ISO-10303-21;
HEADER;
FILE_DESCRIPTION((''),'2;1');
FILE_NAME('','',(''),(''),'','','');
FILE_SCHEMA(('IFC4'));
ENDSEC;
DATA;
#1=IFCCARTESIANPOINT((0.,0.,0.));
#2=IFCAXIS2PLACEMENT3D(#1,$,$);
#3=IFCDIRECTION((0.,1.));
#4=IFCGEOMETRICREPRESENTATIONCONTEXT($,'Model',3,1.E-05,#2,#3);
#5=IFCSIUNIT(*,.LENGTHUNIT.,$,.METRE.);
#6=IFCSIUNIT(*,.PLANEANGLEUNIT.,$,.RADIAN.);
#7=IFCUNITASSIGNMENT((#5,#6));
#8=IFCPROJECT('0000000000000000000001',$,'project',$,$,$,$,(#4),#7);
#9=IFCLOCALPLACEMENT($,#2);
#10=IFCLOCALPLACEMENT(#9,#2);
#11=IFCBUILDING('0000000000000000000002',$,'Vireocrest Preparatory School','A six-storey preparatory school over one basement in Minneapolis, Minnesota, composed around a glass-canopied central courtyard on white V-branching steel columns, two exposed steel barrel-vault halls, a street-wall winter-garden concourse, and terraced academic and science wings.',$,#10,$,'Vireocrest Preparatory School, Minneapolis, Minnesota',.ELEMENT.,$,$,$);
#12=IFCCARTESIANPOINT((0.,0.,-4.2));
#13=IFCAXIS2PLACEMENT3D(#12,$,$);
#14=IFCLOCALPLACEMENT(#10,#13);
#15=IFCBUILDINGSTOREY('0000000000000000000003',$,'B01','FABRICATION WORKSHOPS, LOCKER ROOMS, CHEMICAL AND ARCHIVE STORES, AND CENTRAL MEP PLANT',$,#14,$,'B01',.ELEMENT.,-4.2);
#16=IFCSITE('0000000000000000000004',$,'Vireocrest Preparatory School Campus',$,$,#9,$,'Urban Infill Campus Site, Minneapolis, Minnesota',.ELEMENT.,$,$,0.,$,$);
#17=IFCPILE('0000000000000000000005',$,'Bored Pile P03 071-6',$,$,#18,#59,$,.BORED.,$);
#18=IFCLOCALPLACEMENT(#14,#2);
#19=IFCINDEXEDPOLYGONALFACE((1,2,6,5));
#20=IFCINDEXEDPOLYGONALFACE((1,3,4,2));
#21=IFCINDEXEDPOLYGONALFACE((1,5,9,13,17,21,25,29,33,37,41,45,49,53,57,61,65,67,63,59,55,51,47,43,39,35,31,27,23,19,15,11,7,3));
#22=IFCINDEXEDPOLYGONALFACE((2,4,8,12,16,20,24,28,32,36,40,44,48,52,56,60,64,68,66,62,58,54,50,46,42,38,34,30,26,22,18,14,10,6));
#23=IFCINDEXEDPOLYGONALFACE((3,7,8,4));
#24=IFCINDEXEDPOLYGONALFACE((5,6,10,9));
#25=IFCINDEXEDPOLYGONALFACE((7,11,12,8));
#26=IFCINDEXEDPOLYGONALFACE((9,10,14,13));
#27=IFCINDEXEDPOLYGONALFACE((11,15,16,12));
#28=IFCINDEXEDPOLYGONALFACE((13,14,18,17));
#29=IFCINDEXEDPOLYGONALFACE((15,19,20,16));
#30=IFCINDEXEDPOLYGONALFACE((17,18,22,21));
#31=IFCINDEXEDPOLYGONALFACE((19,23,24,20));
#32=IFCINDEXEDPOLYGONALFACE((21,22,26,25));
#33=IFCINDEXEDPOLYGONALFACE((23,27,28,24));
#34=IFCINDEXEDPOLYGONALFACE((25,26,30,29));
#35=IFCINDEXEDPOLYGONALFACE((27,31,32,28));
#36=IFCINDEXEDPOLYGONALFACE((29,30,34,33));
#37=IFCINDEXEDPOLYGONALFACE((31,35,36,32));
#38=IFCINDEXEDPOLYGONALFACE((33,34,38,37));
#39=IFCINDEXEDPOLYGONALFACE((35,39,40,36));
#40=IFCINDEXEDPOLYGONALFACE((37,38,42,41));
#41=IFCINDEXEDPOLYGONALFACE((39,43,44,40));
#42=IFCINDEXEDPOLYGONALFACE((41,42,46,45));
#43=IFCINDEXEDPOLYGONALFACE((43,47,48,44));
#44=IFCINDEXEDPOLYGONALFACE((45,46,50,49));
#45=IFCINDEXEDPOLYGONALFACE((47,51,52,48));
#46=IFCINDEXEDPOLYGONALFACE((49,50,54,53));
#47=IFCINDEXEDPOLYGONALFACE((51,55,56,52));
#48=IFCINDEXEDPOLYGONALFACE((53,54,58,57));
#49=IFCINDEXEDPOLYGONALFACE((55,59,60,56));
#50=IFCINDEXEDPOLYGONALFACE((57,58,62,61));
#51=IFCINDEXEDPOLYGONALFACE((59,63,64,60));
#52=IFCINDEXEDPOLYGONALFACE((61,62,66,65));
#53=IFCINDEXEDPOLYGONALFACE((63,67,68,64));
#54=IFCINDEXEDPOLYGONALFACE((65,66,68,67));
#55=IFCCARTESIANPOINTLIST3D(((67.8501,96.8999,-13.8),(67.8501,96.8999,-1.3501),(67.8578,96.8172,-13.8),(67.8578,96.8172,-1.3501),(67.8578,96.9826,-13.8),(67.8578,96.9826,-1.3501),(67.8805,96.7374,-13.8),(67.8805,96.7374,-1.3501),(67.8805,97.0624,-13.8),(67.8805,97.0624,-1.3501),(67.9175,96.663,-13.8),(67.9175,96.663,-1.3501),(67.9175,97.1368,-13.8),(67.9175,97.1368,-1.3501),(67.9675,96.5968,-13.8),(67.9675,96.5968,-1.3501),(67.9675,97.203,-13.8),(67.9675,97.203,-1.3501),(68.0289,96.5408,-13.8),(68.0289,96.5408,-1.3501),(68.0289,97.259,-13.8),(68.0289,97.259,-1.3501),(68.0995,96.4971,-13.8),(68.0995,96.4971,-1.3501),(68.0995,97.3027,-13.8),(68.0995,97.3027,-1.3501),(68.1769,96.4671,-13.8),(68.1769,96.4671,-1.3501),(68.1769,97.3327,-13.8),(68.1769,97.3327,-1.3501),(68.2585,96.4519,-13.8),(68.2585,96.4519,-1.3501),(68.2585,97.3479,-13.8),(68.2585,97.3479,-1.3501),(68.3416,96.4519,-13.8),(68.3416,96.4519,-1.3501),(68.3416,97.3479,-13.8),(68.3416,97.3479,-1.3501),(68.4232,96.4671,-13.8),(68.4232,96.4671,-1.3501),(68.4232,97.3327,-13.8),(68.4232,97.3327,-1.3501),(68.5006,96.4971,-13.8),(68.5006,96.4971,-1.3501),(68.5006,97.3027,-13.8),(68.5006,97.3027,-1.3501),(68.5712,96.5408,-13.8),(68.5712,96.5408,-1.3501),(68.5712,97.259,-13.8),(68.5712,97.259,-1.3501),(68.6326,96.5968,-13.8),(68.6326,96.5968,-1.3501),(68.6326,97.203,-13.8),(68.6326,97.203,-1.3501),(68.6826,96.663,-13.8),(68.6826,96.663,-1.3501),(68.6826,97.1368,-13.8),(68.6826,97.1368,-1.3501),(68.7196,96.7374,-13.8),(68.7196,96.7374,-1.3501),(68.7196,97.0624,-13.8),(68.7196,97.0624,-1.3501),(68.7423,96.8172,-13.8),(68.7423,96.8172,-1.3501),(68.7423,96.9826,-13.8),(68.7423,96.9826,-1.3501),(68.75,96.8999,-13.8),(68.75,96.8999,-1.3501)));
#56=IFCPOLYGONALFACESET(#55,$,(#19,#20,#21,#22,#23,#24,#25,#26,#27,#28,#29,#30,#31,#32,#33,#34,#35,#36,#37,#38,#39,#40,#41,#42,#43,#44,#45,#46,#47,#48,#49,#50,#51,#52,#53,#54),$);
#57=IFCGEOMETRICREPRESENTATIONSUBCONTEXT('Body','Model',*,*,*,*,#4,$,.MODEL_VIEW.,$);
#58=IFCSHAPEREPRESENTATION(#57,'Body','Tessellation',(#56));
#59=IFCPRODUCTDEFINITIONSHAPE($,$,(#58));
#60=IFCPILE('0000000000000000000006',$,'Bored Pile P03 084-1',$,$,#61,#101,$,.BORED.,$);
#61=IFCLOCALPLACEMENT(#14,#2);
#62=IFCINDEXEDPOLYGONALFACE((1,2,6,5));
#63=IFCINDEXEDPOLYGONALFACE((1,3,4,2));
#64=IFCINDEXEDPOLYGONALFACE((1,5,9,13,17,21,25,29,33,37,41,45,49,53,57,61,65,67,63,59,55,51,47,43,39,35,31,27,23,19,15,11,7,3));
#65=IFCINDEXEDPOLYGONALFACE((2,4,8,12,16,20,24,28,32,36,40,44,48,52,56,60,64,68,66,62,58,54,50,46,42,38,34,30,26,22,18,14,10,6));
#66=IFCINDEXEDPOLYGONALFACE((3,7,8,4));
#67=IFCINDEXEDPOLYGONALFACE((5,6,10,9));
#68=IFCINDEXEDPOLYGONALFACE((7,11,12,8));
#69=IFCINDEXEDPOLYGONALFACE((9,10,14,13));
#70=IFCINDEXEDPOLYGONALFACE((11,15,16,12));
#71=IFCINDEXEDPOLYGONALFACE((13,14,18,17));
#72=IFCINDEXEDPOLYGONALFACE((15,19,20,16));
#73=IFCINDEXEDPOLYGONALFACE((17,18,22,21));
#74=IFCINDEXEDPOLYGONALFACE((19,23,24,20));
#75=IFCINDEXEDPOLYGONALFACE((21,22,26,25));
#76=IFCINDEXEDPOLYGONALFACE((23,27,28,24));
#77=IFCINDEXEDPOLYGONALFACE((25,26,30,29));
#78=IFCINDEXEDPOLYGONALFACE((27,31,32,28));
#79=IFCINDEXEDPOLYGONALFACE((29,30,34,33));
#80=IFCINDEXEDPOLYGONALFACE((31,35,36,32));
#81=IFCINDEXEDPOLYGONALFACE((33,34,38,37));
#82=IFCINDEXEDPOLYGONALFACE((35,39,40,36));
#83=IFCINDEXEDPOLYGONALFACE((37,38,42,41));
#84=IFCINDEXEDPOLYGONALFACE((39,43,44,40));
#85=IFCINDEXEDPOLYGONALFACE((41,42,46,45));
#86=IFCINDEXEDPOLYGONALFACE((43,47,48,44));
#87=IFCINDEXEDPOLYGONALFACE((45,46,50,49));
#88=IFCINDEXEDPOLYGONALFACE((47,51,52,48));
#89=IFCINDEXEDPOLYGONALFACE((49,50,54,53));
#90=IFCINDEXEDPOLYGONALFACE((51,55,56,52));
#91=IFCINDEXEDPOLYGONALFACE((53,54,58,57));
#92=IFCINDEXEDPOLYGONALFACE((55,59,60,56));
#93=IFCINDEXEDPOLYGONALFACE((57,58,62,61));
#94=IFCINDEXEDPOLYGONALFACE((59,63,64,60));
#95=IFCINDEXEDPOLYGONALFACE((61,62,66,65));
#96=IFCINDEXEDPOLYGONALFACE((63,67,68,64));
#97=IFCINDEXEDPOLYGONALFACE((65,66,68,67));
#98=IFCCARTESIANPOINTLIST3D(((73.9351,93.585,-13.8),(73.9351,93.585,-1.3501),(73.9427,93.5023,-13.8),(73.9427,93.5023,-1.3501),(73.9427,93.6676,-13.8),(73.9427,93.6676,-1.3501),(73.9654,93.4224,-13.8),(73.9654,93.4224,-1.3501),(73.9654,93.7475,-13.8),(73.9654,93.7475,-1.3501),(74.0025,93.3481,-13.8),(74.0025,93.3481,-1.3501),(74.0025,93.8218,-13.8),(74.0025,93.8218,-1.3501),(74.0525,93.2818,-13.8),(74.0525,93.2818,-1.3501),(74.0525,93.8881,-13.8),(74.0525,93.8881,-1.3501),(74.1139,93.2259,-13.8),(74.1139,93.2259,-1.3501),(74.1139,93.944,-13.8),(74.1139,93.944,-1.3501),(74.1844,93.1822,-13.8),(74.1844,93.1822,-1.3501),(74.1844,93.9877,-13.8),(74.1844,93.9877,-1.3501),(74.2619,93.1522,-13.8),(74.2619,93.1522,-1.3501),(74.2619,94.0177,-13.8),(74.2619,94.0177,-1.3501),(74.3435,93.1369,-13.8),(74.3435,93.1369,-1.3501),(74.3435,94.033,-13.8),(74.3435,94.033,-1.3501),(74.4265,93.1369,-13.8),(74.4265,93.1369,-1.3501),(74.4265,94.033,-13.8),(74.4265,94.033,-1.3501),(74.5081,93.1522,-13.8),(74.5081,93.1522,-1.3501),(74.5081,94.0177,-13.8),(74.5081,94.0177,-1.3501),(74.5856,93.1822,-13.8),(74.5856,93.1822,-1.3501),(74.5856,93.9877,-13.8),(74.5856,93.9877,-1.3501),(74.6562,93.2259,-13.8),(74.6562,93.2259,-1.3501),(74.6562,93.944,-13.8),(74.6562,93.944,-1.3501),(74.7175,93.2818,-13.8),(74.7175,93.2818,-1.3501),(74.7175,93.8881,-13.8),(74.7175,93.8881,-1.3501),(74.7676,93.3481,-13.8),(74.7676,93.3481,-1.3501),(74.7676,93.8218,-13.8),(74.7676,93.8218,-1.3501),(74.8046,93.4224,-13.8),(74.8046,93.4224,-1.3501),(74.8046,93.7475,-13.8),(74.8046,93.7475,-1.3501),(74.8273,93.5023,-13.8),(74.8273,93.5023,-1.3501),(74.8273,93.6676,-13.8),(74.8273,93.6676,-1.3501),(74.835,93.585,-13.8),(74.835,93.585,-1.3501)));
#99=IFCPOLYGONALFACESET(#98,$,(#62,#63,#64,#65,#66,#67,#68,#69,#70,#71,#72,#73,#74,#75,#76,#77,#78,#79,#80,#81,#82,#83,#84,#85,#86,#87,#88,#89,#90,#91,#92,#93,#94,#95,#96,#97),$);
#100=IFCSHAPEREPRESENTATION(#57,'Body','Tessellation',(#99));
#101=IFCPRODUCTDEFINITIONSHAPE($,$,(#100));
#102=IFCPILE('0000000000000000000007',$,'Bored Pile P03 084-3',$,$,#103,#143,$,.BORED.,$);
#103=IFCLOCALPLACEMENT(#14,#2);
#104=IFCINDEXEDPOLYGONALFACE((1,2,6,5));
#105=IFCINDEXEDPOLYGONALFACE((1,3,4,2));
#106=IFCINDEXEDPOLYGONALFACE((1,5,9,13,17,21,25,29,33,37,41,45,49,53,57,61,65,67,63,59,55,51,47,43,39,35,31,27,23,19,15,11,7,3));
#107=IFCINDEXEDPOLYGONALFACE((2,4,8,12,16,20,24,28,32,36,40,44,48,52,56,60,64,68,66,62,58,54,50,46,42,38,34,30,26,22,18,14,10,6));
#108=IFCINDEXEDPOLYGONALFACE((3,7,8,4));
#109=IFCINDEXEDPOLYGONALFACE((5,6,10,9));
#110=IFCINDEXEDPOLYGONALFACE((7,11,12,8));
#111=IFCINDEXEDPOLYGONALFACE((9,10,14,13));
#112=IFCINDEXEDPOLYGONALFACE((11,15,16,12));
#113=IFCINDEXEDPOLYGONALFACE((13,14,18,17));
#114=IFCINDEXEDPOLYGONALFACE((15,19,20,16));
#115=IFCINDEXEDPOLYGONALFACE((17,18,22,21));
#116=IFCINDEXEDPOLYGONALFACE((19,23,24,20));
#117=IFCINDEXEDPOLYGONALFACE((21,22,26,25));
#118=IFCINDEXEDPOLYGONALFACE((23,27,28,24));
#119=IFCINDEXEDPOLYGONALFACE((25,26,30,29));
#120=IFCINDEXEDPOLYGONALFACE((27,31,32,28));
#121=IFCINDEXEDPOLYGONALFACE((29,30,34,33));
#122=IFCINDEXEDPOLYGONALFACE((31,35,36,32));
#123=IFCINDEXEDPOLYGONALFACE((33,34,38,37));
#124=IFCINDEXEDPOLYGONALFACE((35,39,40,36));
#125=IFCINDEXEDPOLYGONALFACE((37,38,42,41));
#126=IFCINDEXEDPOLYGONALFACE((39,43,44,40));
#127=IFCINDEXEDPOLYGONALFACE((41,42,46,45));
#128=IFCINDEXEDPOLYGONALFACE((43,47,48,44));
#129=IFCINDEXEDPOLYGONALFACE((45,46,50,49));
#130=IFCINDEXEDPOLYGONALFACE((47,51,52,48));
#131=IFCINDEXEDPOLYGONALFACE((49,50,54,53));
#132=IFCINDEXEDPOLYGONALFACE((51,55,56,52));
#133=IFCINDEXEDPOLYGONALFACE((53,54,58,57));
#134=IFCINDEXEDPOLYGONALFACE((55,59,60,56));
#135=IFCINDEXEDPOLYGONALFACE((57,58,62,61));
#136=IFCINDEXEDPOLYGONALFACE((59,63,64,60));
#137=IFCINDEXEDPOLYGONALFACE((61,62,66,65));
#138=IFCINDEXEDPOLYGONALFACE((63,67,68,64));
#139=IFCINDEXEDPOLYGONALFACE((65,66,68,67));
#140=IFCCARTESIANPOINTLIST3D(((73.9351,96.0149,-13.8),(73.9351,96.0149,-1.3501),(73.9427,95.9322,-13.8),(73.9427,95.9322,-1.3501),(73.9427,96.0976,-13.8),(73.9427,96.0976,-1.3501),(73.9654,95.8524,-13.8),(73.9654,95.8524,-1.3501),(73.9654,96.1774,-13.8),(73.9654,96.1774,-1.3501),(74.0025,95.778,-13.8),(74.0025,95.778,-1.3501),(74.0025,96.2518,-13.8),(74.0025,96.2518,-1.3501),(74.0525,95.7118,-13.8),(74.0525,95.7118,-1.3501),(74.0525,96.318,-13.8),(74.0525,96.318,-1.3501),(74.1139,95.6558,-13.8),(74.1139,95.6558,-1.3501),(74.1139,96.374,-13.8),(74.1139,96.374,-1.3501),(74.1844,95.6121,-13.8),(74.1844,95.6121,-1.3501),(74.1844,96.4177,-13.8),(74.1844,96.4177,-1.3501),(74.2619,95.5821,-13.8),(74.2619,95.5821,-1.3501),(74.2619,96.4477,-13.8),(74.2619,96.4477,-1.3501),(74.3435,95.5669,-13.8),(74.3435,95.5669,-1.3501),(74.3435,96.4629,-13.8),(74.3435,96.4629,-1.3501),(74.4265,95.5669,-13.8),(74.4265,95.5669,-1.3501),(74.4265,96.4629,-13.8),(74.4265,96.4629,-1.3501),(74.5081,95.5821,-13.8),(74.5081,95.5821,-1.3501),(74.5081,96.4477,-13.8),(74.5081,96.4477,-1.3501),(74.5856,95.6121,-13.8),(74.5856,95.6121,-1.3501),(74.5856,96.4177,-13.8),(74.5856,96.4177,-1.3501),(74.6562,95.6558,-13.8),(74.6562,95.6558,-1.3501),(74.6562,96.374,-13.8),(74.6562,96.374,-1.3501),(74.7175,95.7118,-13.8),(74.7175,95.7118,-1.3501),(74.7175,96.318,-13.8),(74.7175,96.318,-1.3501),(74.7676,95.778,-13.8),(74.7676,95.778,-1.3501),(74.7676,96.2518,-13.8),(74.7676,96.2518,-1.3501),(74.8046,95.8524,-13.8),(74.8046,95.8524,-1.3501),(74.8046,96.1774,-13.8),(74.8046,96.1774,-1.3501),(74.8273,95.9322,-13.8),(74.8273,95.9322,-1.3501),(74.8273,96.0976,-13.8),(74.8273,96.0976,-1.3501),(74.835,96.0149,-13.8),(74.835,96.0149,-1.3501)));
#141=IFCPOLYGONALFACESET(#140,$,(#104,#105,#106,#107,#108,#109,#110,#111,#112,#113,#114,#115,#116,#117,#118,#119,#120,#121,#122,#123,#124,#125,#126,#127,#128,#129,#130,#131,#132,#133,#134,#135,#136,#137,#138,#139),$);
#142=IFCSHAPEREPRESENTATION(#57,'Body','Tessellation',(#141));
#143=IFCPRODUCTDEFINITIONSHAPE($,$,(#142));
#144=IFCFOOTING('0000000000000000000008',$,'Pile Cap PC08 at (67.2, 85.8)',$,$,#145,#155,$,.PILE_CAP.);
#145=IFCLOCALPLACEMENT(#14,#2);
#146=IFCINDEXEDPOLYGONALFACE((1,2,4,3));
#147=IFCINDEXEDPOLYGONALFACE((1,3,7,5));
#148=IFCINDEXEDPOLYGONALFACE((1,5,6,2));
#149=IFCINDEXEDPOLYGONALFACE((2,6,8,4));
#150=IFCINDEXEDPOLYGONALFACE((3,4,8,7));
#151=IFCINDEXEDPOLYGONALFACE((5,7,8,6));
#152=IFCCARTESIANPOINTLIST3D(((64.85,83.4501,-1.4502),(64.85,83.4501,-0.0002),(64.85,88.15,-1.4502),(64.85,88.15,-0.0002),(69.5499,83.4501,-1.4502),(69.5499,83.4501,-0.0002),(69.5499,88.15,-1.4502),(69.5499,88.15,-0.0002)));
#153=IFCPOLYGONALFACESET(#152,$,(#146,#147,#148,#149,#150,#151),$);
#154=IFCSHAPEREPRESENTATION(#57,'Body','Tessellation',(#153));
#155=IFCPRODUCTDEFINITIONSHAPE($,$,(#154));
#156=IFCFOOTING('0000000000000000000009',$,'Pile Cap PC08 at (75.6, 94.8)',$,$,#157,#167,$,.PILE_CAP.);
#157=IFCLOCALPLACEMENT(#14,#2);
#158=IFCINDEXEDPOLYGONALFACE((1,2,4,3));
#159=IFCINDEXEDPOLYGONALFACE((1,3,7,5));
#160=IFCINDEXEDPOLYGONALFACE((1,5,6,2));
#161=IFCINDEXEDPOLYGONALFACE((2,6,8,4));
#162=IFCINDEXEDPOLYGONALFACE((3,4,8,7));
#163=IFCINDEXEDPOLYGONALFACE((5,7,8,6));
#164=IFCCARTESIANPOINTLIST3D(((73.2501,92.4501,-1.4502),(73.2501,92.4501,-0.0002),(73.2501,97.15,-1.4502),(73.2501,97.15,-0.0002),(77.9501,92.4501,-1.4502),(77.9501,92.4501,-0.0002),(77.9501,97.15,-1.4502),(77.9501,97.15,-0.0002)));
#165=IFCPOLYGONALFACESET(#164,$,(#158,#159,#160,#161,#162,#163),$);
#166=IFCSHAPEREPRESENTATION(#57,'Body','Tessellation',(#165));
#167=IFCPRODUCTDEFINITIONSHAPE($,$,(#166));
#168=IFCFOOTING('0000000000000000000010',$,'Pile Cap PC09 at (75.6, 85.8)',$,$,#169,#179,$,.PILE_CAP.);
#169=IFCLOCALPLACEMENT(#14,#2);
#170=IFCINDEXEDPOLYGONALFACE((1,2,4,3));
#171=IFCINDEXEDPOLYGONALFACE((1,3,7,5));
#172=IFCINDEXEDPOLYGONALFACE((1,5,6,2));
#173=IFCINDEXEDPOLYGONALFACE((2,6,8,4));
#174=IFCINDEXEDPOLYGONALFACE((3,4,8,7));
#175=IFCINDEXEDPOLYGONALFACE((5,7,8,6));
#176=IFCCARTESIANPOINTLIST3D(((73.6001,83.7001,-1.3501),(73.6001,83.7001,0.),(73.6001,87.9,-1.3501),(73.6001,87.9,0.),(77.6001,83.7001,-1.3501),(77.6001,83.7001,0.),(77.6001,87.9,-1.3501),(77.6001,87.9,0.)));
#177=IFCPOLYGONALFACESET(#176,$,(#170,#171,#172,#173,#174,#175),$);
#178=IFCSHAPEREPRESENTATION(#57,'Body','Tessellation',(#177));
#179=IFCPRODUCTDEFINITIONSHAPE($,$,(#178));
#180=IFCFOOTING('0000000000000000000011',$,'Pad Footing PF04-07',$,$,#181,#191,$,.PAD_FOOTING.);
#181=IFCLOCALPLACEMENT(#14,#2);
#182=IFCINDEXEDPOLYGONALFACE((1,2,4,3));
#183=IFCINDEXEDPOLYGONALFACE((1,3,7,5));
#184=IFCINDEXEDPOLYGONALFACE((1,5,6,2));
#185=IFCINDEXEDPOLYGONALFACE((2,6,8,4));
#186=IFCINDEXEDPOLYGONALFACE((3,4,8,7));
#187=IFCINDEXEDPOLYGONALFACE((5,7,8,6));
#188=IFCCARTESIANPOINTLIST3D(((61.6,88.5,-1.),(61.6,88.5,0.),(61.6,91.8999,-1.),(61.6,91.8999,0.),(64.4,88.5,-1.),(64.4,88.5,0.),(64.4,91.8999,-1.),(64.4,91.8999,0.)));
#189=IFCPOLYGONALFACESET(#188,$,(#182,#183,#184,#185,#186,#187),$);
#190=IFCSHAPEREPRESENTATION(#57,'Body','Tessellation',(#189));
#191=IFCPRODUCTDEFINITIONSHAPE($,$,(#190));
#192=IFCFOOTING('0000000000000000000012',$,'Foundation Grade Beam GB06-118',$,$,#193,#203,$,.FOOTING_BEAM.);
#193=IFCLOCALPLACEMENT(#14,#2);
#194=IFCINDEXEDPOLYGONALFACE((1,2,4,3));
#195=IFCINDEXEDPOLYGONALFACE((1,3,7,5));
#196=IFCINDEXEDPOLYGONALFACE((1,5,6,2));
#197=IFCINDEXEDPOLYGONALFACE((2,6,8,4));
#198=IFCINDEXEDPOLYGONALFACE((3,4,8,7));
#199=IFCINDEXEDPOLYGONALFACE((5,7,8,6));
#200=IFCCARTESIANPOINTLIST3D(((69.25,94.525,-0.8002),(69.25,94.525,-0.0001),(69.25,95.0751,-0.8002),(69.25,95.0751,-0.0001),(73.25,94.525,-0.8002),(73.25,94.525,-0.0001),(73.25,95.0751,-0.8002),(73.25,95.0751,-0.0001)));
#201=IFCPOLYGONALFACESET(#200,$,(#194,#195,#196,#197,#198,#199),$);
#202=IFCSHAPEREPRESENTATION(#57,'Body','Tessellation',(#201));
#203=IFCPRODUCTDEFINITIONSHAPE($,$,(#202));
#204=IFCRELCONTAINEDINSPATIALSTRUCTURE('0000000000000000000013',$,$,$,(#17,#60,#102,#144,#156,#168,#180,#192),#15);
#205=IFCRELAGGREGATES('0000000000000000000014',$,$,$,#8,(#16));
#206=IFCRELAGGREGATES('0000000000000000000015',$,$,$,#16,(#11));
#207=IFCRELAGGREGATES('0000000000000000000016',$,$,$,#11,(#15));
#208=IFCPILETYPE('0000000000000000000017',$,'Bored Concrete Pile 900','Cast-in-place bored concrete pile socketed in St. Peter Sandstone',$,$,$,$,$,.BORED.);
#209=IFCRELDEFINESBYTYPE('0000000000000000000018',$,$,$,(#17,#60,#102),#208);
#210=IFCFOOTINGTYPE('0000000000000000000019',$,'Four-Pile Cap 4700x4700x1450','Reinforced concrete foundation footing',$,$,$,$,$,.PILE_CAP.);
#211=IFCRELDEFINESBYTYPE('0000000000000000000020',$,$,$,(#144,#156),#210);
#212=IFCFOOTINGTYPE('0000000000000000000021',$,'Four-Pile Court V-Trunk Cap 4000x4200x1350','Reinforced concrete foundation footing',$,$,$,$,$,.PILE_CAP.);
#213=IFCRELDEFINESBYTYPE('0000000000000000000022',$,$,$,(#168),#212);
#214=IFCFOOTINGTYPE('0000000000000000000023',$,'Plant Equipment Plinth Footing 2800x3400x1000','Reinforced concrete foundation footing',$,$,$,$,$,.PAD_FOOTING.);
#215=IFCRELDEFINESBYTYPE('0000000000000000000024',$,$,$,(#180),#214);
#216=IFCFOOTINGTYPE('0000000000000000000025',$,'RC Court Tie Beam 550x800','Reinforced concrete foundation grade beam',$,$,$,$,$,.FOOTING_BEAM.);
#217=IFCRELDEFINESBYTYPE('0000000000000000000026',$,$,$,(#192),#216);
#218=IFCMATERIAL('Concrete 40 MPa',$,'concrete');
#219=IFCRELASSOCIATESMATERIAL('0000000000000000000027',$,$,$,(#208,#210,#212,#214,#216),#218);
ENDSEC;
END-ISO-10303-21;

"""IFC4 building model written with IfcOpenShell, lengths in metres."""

from ifc_helpers import new_model, si_unit, direction, frame, origin, origin_2d, place, context, subcontext, project, spatial, rectangle, circle, extrude, material, material_profile, profile_set, type_object, element, save


model = new_model("IFC4")

# Units and contexts
model_context = context("Model", 3, precision=1e-05, world=origin(), true_north=direction((0.0, 1.0)))
body_context = subcontext(model_context, "Body", "Model", "MODEL_VIEW")
ifc_project = project(units=[si_unit("LENGTHUNIT", "METRE"), si_unit("PLANEANGLEUNIT", "RADIAN")], contexts=[model_context])

# Site, building, storey
site_placement = place(None, origin())
site = spatial("IfcSite", under=ifc_project, at=site_placement, Name="Vireocrest Preparatory School Campus", LongName="Urban Infill Campus Site, Minneapolis, Minnesota", CompositionType="ELEMENT", RefElevation=0.0)
building_placement = place(site_placement, origin())
building = spatial("IfcBuilding", under=site, at=building_placement, Name="Vireocrest Preparatory School", Description="A six-storey preparatory school over one basement in Minneapolis, Minnesota, composed around a glass-canopied central courtyard on white V-branching steel columns, two exposed steel barrel-vault halls, a street-wall winter-garden concourse, and terraced academic and science wings.", LongName="Vireocrest Preparatory School, Minneapolis, Minnesota", CompositionType="ELEMENT")
storey_placement = place(building_placement, frame((0.0, 0.0, -4.2)))
storey = spatial("IfcBuildingStorey", under=building, at=storey_placement, Name="B01", Description="FABRICATION WORKSHOPS, LOCKER ROOMS, CHEMICAL AND ARCHIVE STORES, AND CENTRAL MEP PLANT", LongName="B01", CompositionType="ELEMENT", Elevation=-4.2)

# Piles
ifc_material_1 = material(Name="Concrete 40 MPa", Category="concrete")
ifc_material_profile_1 = material_profile(ifc_material_1, circle(Radius=0.45, at=origin_2d()), Name="BORED PILE 900")
ifc_profile_set_1 = profile_set([ifc_material_profile_1], Name="Concrete 40 MPa")
pile_type_1 = type_object("IfcPileType", Name="Bored Concrete Pile 900", Description="Cast-in-place bored concrete pile socketed in St. Peter Sandstone", PredefinedType="BORED", material=ifc_profile_set_1)
for number, where, z_axis, x_axis, name in (
    (1, (68.3, 96.8999, -1.3501), (0.0, 0.0, -1.0), (1.0, 0.0, 0.0), "Bored Pile P03 071-6"),
    (2, (74.385, 93.585, -1.3501), (0.0, 0.0, -1.0), (1.0, 0.0, 0.0), "Bored Pile P03 084-1"),
    (3, (74.385, 96.0149, -1.3501), (0.0, 0.0, -1.0), (1.0, 0.0, 0.0), "Bored Pile P03 084-3"),
):
    element("IfcPile", number, at=place(storey_placement, frame(where, z_axis=z_axis, x_axis=x_axis)), inside=storey, type_object=pile_type_1, Name=name, PredefinedType="BORED", context=body_context, shape_type="SweptSolid", body=[
        extrude(circle(Radius=0.45, at=origin_2d()), origin(), (0.0, 0.0, 1.0), 12.45),
    ])

# Footings
footing_type_1 = type_object("IfcFootingType", Name="Four-Pile Cap 4700x4700x1450", Description="Reinforced concrete foundation footing", PredefinedType="PILE_CAP", material=ifc_material_1)
for number, where, z_axis, x_axis, name in (
    (4, (67.2, 85.8, -1.4502), (0.0, 0.0, 1.0), (1.0, 0.0, 0.0), "Pile Cap PC08 at (67.2, 85.8)"),
    (5, (75.6001, 94.8, -1.4502), (0.0, 0.0, 1.0), (1.0, 0.0, 0.0), "Pile Cap PC08 at (75.6, 94.8)"),
):
    element("IfcFooting", number, at=place(storey_placement, frame(where, z_axis=z_axis, x_axis=x_axis)), inside=storey, type_object=footing_type_1, Name=name, PredefinedType="PILE_CAP", context=body_context, shape_type="SweptSolid", body=[
        extrude(rectangle(XDim=4.7, YDim=4.7, at=origin_2d()), origin(), (0.0, 0.0, 1.0), 1.45),
    ])
footing_type_2 = type_object("IfcFootingType", Name="Four-Pile Court V-Trunk Cap 4000x4200x1350", Description="Reinforced concrete foundation footing", PredefinedType="PILE_CAP", material=ifc_material_1)
footing_1_placement = place(storey_placement, frame((75.6001, 85.8, -1.3501), z_axis=(0.0, 0.0, 1.0), x_axis=(1.0, 0.0, 0.0)))
element("IfcFooting", 6, at=footing_1_placement, inside=storey, type_object=footing_type_2, Name="Pile Cap PC09 at (75.6, 85.8)", PredefinedType="PILE_CAP", context=body_context, shape_type="SweptSolid", body=[
    extrude(rectangle(XDim=4.0, YDim=4.2, at=origin_2d()), origin(), (0.0, 0.0, 1.0), 1.3501),
])
footing_type_3 = type_object("IfcFootingType", Name="Plant Equipment Plinth Footing 2800x3400x1000", Description="Reinforced concrete foundation footing", PredefinedType="PAD_FOOTING", material=ifc_material_1)
footing_2_placement = place(storey_placement, frame((63.0, 90.2, -1.0), z_axis=(0.0, 0.0, 1.0), x_axis=(1.0, 0.0, 0.0)))
element("IfcFooting", 7, at=footing_2_placement, inside=storey, type_object=footing_type_3, Name="Pad Footing PF04-07", PredefinedType="PAD_FOOTING", context=body_context, shape_type="SweptSolid", body=[
    extrude(rectangle(XDim=2.8, YDim=3.3999, at=origin_2d()), origin(), (0.0, 0.0, 1.0), 1.0),
])
ifc_material_profile_2 = material_profile(ifc_material_1, rectangle(XDim=0.55, YDim=0.8, at=origin_2d()), Name="GB 550x800")
ifc_profile_set_2 = profile_set([ifc_material_profile_2], Name="Concrete 40 MPa")
footing_type_4 = type_object("IfcFootingType", Name="RC Court Tie Beam 550x800", Description="Reinforced concrete foundation grade beam", PredefinedType="FOOTING_BEAM", material=ifc_profile_set_2)
footing_3_placement = place(storey_placement, frame((69.25, 94.8, -0.4001), z_axis=(1.0, 0.0, 0.0), x_axis=(0.0, 1.0, 0.0)))
element("IfcFooting", 8, at=footing_3_placement, inside=storey, type_object=footing_type_4, Name="Foundation Grade Beam GB06-118", PredefinedType="FOOTING_BEAM", context=body_context, shape_type="SweptSolid", body=[
    extrude(rectangle(XDim=0.55, YDim=0.8, at=origin_2d()), origin(), (0.0, 0.0, 1.0), 4.0),
])

save(model, "model.ifc")
